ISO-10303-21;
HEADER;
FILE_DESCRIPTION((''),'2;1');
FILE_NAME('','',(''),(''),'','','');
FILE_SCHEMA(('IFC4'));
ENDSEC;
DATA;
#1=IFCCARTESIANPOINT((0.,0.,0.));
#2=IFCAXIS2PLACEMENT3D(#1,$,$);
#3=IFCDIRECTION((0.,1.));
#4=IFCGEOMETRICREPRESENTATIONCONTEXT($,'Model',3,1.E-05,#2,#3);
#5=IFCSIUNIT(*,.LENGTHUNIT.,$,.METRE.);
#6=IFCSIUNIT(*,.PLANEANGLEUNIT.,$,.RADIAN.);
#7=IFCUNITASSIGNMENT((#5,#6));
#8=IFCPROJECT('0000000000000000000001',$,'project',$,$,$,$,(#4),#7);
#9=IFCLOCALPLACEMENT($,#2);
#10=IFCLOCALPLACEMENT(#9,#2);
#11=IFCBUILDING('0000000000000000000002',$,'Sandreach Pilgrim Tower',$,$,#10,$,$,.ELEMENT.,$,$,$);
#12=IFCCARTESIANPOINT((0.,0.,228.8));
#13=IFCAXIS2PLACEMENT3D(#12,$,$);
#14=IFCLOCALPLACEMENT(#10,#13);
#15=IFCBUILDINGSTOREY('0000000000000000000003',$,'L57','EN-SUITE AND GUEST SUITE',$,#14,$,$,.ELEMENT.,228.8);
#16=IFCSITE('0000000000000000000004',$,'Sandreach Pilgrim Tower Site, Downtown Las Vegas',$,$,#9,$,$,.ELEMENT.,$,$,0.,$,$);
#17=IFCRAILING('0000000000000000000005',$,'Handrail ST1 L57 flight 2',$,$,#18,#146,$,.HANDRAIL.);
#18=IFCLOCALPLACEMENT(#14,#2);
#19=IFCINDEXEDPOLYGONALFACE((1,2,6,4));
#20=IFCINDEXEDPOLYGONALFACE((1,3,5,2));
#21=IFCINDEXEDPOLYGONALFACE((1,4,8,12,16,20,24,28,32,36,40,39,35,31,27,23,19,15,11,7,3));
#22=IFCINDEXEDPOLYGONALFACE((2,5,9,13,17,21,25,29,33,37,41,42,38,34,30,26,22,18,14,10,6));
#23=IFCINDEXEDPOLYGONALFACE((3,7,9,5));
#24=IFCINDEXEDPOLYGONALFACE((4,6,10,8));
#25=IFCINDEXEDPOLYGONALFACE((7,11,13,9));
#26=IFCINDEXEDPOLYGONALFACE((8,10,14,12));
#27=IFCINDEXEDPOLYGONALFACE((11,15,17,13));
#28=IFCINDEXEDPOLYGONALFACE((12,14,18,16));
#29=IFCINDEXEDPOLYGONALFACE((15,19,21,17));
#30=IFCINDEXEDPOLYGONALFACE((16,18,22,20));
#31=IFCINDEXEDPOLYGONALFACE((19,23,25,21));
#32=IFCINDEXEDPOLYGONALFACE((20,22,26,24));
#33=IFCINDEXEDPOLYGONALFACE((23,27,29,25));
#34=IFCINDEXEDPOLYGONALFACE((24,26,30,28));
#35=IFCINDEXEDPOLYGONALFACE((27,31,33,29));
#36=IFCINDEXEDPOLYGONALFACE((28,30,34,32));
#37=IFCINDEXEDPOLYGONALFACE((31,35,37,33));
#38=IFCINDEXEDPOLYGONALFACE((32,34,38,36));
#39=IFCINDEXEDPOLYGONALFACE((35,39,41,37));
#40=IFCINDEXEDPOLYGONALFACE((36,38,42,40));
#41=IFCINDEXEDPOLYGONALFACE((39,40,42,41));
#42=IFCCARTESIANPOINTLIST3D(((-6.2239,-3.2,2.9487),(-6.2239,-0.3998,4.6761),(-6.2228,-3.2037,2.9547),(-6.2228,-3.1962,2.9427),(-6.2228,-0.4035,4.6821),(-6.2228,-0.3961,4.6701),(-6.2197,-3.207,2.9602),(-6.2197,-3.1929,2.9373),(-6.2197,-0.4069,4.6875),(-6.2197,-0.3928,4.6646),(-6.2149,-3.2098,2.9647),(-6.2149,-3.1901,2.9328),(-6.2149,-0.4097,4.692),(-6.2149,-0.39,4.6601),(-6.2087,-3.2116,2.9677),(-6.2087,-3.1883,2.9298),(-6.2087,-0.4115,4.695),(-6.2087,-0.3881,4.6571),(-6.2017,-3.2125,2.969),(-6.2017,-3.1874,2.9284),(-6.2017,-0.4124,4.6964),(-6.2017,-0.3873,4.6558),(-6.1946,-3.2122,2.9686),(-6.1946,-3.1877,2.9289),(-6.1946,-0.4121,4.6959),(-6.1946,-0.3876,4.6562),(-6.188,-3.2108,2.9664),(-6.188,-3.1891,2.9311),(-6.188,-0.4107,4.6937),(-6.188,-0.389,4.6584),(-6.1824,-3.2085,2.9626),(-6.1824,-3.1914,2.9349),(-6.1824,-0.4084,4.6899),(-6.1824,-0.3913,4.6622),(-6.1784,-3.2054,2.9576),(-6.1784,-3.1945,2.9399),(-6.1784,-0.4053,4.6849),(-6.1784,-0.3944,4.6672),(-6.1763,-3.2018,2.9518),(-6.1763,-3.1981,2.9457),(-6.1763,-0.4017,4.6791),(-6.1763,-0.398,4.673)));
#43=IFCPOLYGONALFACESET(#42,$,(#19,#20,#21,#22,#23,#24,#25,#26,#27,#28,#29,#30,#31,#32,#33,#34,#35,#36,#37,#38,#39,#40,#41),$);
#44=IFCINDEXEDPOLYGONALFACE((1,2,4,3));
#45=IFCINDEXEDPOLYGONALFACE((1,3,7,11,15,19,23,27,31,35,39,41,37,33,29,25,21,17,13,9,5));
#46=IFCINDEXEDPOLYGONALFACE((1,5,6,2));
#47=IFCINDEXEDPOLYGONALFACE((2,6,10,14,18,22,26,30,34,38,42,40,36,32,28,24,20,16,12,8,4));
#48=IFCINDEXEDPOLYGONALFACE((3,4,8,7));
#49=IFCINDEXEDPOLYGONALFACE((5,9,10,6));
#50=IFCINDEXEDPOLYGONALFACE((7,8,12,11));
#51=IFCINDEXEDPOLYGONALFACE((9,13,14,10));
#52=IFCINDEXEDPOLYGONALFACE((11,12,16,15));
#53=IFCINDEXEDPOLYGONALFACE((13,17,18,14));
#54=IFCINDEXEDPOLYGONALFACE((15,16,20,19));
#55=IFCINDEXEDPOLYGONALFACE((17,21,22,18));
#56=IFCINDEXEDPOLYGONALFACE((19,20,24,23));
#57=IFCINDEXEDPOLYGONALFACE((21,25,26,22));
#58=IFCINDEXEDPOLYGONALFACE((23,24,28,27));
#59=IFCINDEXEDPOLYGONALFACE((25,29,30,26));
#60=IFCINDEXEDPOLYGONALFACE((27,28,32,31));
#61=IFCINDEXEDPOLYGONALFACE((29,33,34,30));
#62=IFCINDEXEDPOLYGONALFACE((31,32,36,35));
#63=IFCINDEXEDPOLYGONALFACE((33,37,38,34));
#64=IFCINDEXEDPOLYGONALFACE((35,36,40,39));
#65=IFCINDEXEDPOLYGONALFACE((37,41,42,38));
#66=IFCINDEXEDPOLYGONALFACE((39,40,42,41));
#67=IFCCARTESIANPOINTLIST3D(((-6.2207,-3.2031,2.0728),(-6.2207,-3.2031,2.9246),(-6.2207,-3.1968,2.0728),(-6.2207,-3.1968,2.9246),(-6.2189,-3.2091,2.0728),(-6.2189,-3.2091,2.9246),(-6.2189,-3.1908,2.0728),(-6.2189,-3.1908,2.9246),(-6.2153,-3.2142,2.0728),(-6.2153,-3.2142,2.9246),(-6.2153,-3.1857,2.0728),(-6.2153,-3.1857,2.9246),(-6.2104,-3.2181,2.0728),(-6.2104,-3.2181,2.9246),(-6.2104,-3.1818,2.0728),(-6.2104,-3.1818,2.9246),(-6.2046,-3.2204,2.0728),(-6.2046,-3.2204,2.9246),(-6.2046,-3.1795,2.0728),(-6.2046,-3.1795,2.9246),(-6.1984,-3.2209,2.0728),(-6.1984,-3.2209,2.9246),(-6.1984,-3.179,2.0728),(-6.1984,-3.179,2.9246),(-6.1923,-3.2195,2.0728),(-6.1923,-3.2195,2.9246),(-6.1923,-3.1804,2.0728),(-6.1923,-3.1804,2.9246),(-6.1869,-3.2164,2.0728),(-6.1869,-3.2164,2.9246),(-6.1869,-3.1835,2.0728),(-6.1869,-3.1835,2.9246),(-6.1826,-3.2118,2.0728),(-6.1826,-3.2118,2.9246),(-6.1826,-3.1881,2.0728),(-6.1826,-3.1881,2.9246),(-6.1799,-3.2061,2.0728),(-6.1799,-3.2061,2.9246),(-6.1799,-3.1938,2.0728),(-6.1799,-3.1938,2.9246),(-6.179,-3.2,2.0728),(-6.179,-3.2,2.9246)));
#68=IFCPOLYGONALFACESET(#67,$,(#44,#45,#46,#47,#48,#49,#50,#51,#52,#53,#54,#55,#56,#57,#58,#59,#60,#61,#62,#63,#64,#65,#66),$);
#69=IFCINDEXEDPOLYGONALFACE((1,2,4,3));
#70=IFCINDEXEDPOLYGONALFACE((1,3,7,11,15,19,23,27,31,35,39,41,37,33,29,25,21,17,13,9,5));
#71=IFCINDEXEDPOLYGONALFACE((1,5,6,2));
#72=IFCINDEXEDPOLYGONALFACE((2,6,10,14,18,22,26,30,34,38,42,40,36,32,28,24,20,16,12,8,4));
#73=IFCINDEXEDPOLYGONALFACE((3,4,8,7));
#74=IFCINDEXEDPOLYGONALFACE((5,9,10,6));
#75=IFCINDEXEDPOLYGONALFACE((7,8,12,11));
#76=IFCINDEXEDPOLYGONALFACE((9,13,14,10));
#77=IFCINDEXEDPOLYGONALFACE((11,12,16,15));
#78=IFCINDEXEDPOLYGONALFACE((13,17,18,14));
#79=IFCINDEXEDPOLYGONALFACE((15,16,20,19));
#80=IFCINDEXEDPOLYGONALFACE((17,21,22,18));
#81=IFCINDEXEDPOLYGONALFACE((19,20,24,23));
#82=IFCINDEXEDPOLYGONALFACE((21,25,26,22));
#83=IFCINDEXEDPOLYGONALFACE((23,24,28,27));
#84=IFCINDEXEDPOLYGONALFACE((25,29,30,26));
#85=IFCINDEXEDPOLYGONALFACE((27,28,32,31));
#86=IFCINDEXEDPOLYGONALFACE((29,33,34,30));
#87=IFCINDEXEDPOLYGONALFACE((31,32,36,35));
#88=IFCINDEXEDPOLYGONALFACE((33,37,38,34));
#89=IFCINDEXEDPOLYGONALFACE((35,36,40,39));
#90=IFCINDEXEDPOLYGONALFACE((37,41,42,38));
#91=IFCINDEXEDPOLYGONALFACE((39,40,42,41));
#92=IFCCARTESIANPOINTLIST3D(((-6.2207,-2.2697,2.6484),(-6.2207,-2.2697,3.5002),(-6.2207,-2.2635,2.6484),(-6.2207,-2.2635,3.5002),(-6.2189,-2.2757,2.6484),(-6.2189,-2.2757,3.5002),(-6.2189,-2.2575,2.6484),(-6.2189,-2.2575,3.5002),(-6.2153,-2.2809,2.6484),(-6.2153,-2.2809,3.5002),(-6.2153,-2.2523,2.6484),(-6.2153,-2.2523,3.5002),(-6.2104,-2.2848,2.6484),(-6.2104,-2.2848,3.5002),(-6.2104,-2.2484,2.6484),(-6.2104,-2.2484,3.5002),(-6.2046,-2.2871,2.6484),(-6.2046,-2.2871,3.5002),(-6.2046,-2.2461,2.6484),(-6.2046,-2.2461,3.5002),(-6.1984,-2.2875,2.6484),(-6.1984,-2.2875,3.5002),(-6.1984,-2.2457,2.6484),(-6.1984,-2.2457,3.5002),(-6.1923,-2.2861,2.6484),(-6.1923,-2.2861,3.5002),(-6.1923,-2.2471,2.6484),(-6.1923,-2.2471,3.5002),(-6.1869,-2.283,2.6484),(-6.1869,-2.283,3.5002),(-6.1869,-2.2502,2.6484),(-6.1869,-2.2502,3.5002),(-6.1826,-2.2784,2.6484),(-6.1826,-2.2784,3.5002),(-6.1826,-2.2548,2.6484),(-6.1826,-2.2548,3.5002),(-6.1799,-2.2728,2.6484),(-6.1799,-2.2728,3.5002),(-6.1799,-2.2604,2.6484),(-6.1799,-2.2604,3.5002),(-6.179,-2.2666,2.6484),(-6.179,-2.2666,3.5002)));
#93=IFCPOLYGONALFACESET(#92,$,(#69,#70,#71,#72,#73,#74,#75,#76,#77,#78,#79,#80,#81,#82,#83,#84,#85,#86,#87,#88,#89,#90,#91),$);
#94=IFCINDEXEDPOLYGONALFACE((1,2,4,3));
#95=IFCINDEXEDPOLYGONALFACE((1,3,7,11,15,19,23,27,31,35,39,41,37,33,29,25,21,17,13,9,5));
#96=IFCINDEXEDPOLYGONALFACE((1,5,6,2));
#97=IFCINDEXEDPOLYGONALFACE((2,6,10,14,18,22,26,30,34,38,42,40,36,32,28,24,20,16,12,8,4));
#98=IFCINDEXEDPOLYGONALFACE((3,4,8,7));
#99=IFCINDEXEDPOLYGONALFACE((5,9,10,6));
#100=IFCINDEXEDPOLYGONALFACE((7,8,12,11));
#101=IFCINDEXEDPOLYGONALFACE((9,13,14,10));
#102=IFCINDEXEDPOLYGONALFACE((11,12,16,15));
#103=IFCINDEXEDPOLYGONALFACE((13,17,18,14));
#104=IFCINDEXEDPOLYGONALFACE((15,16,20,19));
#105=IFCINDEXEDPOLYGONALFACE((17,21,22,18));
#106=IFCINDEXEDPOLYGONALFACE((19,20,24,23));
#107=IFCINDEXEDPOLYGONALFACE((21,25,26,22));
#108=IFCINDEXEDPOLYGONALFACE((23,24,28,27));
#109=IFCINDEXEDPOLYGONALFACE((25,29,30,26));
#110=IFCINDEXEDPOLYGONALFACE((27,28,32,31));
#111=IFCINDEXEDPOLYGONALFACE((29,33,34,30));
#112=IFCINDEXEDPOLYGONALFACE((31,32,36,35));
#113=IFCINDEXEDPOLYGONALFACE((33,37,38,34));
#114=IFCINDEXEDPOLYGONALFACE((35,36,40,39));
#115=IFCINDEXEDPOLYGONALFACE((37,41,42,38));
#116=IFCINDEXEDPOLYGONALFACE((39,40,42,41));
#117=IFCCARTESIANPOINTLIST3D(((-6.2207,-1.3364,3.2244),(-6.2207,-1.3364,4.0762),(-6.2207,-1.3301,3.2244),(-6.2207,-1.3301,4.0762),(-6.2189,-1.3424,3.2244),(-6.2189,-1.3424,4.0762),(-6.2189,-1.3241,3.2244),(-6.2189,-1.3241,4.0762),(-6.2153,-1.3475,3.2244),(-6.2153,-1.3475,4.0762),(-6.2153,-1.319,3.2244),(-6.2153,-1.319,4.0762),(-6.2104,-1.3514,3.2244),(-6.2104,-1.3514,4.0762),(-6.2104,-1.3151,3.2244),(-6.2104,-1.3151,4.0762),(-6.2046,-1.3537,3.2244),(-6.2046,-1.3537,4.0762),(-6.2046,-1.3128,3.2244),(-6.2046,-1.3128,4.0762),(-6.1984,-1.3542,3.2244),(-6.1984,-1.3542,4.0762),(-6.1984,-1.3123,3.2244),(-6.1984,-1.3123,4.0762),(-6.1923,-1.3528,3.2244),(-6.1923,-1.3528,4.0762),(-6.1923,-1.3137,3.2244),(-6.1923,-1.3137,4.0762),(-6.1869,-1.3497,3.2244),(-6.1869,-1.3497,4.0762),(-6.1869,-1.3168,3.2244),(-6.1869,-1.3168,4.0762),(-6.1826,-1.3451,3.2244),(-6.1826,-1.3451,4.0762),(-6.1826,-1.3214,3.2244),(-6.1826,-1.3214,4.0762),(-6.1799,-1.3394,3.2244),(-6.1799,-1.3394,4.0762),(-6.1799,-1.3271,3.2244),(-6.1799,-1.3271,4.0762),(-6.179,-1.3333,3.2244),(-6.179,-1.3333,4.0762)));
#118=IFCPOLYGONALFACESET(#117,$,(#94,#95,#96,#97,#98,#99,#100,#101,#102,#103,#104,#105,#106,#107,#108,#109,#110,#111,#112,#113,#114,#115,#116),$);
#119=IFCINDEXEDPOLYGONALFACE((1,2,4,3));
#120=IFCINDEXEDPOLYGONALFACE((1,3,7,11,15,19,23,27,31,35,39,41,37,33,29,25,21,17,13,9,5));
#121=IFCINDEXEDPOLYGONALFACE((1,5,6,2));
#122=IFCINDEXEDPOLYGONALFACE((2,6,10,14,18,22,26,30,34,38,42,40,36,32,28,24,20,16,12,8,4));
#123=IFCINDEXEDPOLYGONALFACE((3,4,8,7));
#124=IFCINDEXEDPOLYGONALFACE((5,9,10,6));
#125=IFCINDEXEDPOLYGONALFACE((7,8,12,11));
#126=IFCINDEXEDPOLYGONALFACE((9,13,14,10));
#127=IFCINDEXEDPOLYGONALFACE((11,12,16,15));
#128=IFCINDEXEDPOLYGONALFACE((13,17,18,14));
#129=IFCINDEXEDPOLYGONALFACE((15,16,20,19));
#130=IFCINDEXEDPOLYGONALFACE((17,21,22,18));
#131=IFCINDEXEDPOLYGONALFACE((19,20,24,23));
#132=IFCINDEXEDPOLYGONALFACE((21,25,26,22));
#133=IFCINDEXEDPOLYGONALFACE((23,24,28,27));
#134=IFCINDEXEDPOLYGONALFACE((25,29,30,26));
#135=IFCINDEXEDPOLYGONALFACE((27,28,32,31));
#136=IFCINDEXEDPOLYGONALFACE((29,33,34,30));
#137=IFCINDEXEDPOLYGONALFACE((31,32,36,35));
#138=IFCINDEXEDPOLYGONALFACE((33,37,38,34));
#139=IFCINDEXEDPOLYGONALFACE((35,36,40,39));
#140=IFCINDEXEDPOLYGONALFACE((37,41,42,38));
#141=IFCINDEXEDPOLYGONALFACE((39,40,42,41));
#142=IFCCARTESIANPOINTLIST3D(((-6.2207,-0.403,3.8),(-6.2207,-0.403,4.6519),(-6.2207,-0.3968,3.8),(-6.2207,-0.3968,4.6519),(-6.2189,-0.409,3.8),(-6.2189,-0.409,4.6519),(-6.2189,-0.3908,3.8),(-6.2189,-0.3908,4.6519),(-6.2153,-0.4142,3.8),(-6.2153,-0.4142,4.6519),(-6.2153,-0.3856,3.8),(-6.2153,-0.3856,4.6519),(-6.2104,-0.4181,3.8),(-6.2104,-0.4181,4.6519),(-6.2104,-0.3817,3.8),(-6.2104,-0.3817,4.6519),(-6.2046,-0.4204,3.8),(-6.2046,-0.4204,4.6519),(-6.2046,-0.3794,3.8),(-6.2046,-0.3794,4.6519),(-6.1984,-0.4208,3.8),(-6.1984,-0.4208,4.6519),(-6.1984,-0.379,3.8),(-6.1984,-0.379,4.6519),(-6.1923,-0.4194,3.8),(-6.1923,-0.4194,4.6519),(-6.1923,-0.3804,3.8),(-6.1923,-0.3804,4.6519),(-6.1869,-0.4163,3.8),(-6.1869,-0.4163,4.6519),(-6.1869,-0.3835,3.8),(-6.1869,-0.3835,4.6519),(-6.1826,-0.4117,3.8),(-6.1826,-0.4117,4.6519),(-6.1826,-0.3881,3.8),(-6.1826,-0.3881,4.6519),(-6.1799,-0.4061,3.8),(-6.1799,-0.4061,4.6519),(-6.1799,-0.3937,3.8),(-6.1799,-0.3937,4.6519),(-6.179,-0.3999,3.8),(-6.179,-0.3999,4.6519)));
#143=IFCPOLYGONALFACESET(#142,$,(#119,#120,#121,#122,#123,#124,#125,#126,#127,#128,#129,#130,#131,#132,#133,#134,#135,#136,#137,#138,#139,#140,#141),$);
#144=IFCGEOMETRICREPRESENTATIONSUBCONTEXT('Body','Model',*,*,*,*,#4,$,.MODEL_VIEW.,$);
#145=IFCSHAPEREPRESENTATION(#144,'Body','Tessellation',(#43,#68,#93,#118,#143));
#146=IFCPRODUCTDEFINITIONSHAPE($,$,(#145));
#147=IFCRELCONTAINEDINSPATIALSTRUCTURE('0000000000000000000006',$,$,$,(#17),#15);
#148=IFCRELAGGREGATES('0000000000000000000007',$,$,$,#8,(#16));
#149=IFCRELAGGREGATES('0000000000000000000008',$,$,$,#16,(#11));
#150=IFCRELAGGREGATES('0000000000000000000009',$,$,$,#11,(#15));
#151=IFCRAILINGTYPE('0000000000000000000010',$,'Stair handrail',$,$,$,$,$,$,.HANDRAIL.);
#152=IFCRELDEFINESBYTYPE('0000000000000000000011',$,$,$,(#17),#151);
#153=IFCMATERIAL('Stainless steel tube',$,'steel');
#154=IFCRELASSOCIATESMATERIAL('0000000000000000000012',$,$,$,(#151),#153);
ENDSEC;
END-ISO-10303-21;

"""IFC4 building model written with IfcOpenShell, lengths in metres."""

from ifc_helpers import new_model, si_unit, direction, frame, origin, origin_2d, place, context, subcontext, project, spatial, circle, extrude, material, type_object, element, save


model = new_model("IFC4")

# Units and contexts
model_context = context("Model", 3, precision=1e-05, world=origin(), true_north=direction((0.0, 1.0)))
body_context = subcontext(model_context, "Body", "Model", "MODEL_VIEW")
ifc_project = project(units=[si_unit("LENGTHUNIT", "METRE"), si_unit("PLANEANGLEUNIT", "RADIAN")], contexts=[model_context])

# Site, building, storey
site_placement = place(None, origin())
site = spatial("IfcSite", under=ifc_project, at=site_placement, Name="Sandreach Pilgrim Tower Site, Downtown Las Vegas", CompositionType="ELEMENT", RefElevation=0.0)
building_placement = place(site_placement, origin())
building = spatial("IfcBuilding", under=site, at=building_placement, Name="Sandreach Pilgrim Tower", CompositionType="ELEMENT")
storey_placement = place(building_placement, frame((0.0, 0.0, 228.8)))
storey = spatial("IfcBuildingStorey", under=building, at=storey_placement, Name="L57", Description="EN-SUITE AND GUEST SUITE", CompositionType="ELEMENT", Elevation=228.8)

# Railing
ifc_material_1 = material(Name="Stainless steel tube", Category="steel")
railing_type = type_object("IfcRailingType", Name="Stair handrail", PredefinedType="HANDRAIL", material=ifc_material_1)
for number, where, name in (
    (1, (-6.2, -3.2, 2.0728), "Handrail ST1 L57 flight 2"),
):
    element("IfcRailing", number, at=place(storey_placement, frame(where)), inside=storey, type_object=railing_type, Name=name, PredefinedType="HANDRAIL", context=body_context, shape_type="SweptSolid", body=[
        extrude(circle(Radius=0.0239, at=origin_2d()), frame((0.0, 0.0, 0.876), z_axis=(0.0, 0.85109, 0.52502), x_axis=(-1.0, 0.0, 0.0)), (0.0, 0.0, 1.0), 3.29),
        extrude(circle(Radius=0.021, at=origin_2d()), origin(), (0.0, 0.0, 1.0), 0.8518),
        extrude(circle(Radius=0.021, at=origin_2d()), frame((0.0, 0.9333, 0.5757)), (0.0, 0.0, 1.0), 0.8518),
        extrude(circle(Radius=0.021, at=origin_2d()), frame((0.0, 1.8667, 1.1516)), (0.0, 0.0, 1.0), 0.8518),
        extrude(circle(Radius=0.021, at=origin_2d()), frame((0.0, 2.8, 1.7273)), (0.0, 0.0, 1.0), 0.8518),
    ])

save(model, "model.ifc")
